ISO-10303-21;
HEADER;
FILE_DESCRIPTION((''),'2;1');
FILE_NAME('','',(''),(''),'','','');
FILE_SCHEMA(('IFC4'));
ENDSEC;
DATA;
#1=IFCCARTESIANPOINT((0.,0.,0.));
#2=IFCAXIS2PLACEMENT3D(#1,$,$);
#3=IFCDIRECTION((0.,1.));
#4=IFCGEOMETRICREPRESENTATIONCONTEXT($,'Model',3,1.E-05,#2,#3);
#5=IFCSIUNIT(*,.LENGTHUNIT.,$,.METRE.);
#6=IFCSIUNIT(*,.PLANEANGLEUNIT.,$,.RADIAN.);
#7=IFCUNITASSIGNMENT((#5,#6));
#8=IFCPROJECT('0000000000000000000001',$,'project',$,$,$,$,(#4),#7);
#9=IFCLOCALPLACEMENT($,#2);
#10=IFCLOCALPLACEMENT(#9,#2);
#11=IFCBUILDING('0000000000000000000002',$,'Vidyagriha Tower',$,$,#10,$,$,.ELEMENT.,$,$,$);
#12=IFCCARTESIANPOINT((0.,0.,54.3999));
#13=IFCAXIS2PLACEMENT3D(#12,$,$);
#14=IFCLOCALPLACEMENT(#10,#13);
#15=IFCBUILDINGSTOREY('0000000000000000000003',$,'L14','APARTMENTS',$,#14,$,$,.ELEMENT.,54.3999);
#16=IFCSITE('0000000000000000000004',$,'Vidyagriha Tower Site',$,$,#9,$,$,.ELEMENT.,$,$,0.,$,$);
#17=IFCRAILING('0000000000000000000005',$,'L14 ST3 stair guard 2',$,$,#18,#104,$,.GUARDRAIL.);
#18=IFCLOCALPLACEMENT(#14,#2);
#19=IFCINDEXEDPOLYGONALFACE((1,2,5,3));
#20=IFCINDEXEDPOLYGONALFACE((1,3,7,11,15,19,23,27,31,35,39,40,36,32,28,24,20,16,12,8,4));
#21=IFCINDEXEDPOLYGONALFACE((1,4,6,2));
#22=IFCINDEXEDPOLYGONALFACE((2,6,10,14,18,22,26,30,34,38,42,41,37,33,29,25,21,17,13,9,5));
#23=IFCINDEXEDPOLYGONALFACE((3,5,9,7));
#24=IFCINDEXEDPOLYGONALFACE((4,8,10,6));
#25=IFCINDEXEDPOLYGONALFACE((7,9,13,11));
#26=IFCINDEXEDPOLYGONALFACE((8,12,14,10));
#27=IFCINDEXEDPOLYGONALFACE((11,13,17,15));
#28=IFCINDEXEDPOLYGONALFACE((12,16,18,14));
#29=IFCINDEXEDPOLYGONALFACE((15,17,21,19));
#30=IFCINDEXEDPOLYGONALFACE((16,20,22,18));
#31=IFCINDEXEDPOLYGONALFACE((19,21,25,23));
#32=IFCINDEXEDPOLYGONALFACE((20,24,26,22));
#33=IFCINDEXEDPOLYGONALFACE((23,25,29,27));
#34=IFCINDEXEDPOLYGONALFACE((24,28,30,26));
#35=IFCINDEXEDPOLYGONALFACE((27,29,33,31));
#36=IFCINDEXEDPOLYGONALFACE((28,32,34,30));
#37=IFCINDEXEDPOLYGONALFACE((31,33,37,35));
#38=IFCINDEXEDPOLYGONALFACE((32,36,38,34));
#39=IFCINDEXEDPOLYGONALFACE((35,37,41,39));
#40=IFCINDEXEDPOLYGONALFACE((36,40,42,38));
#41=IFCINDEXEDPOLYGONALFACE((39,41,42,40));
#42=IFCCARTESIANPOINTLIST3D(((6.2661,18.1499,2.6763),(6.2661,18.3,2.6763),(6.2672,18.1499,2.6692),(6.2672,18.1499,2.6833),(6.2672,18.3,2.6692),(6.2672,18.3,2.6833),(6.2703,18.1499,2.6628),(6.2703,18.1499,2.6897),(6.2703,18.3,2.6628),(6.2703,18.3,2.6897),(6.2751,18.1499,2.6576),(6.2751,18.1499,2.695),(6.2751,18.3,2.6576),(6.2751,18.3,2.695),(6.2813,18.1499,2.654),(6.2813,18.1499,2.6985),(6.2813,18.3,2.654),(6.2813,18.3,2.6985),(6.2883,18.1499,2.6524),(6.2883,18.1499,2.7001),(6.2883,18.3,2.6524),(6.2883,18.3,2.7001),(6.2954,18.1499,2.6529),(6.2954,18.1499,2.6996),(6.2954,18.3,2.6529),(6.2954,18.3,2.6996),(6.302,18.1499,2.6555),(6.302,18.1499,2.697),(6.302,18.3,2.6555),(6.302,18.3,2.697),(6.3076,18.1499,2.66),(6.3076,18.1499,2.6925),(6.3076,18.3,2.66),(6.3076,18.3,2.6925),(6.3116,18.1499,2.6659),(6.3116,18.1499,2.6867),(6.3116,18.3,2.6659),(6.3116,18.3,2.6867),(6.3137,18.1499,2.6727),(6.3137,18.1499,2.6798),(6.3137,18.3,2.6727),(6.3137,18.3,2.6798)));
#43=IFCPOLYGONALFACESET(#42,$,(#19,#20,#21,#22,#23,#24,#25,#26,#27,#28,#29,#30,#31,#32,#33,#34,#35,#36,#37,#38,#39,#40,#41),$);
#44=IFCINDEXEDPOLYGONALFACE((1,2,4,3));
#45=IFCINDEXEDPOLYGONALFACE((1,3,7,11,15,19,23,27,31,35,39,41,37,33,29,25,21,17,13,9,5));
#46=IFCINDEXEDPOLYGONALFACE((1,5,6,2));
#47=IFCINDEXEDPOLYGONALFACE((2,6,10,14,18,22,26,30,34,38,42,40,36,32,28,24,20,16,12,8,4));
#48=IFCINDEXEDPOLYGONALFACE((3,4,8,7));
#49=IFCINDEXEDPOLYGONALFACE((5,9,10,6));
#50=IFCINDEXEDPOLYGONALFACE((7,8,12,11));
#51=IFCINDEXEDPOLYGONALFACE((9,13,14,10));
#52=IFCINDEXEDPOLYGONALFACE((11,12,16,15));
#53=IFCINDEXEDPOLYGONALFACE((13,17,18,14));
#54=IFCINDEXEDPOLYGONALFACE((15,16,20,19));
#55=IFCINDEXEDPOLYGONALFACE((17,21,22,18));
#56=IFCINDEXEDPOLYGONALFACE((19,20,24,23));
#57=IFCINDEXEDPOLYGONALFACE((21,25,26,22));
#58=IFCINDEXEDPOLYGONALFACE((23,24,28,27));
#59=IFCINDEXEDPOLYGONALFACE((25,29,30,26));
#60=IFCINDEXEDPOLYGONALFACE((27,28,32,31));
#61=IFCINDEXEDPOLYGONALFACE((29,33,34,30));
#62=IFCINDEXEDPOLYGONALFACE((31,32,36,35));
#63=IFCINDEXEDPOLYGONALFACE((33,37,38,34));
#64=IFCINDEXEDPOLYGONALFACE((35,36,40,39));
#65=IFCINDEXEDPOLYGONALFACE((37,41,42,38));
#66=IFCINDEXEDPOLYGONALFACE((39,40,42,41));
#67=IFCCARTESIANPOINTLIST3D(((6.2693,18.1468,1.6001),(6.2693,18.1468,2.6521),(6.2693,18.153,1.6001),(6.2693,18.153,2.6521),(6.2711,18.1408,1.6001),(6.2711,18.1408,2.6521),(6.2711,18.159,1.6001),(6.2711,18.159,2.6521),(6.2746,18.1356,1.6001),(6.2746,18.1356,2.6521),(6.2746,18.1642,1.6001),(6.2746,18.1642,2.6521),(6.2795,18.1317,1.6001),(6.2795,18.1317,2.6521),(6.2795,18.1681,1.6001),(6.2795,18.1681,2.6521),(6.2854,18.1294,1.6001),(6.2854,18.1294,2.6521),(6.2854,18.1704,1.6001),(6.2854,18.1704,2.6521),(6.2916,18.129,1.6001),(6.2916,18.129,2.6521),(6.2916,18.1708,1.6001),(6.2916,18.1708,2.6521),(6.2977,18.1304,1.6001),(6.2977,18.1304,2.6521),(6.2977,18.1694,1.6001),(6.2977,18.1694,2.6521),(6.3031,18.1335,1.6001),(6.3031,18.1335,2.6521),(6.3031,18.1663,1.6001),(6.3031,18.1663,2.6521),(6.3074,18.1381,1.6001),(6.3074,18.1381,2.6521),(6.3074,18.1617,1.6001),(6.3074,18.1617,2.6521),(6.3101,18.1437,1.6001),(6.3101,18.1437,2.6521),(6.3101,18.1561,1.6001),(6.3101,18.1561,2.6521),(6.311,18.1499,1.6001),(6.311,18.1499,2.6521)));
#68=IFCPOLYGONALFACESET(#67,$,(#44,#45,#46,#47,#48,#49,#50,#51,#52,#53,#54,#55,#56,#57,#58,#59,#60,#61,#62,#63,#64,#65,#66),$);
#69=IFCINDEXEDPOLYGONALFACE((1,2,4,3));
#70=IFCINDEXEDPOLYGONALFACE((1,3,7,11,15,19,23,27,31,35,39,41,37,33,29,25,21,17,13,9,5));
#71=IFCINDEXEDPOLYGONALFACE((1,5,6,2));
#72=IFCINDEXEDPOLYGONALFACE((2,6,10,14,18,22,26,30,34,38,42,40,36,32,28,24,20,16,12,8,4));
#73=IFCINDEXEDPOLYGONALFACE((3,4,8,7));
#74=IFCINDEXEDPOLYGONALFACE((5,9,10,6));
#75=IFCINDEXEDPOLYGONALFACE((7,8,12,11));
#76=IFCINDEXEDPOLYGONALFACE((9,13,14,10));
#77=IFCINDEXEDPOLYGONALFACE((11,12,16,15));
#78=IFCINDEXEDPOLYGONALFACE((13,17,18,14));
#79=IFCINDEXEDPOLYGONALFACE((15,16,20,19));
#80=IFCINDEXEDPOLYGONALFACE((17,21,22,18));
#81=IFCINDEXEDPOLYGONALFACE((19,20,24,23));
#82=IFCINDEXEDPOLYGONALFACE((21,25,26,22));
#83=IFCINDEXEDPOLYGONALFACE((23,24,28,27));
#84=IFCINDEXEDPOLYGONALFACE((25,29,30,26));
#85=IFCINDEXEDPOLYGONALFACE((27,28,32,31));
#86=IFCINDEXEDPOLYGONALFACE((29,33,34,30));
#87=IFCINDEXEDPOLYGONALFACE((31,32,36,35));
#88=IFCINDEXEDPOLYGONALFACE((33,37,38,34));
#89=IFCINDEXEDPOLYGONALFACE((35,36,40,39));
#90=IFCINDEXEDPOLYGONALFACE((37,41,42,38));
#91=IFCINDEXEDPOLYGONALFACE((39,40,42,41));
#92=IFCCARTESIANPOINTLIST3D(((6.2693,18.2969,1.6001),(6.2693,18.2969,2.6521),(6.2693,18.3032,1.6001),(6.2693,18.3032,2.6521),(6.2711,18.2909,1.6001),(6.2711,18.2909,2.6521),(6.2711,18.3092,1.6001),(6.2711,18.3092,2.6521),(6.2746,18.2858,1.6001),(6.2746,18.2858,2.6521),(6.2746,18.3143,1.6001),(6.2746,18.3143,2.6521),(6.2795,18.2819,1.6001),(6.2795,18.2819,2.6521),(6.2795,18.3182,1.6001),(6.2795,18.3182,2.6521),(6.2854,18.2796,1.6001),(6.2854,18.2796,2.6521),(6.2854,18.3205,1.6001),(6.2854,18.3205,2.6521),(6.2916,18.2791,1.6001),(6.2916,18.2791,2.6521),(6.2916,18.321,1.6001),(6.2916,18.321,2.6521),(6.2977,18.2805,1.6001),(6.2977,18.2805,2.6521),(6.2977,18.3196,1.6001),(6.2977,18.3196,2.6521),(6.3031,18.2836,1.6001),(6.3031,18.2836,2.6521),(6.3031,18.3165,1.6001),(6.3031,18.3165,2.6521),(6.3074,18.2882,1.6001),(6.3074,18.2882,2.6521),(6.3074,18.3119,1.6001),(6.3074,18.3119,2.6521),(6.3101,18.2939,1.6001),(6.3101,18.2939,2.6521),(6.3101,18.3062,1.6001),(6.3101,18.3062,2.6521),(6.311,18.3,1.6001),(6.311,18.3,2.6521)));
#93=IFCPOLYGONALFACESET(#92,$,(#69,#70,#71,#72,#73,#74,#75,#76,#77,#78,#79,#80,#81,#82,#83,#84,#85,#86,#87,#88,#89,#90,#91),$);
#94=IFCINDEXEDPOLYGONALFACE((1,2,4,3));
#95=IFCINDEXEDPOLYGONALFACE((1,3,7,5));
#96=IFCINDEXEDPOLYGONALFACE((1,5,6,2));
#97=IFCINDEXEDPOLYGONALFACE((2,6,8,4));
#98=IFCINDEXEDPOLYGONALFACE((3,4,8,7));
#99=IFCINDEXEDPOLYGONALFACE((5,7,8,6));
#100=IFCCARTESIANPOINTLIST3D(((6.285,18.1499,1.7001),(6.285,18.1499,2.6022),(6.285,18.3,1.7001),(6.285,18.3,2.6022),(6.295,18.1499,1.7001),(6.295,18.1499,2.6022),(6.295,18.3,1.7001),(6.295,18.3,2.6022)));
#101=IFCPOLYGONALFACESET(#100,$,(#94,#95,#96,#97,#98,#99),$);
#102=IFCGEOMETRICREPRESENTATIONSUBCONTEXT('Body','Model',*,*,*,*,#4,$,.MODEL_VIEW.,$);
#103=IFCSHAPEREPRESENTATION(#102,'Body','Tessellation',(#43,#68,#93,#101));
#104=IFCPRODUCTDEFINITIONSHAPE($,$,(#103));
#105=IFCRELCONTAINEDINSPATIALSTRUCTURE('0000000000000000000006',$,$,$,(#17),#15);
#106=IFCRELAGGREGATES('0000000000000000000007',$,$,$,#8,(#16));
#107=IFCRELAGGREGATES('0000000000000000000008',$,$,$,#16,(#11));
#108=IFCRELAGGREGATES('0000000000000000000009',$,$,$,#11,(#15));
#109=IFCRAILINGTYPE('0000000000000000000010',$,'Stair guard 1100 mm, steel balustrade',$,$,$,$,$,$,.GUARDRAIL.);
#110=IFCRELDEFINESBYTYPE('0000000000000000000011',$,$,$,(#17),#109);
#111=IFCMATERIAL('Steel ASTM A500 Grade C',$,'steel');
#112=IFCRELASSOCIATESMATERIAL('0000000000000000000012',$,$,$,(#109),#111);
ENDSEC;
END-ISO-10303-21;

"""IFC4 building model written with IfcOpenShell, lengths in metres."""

from ifc_helpers import new_model, si_unit, direction, frame, origin, origin_2d, place, context, subcontext, project, spatial, rectangle, circle, extrude, material, type_object, element, save


model = new_model("IFC4")

# Units and contexts
model_context = context("Model", 3, precision=1e-05, world=origin(), true_north=direction((0.0, 1.0)))
body_context = subcontext(model_context, "Body", "Model", "MODEL_VIEW")
ifc_project = project(units=[si_unit("LENGTHUNIT", "METRE"), si_unit("PLANEANGLEUNIT", "RADIAN")], contexts=[model_context])

# Site, building, storey
site_placement = place(None, origin())
site = spatial("IfcSite", under=ifc_project, at=site_placement, Name="Vidyagriha Tower Site", CompositionType="ELEMENT", RefElevation=0.0)
building_placement = place(site_placement, origin())
building = spatial("IfcBuilding", under=site, at=building_placement, Name="Vidyagriha Tower", CompositionType="ELEMENT")
storey_placement = place(building_placement, frame((0.0, 0.0, 54.3999)))
storey = spatial("IfcBuildingStorey", under=building, at=storey_placement, Name="L14", Description="APARTMENTS", CompositionType="ELEMENT", Elevation=54.3999)

# Railing
ifc_material_1 = material(Name="Steel ASTM A500 Grade C", Category="steel")
railing_type_1 = type_object("IfcRailingType", Name="Stair guard 1100 mm, steel balustrade", PredefinedType="GUARDRAIL", material=ifc_material_1)
railing_1_placement = place(storey_placement, frame((6.29, 18.1499, 1.6001)))
element("IfcRailing", 1, at=railing_1_placement, inside=storey, type_object=railing_type_1, Name="L14 ST3 stair guard 2", PredefinedType="GUARDRAIL", context=body_context, shape_type="SweptSolid", body=[
    extrude(circle(Radius=0.0239, at=origin_2d()), frame((0.0, 0.0, 1.0762), z_axis=(0.0, 1.0, 0.0), x_axis=(-1.0, 0.0, 0.0)), (0.0, 0.0, 1.0), 0.1501),
    extrude(circle(Radius=0.021, at=origin_2d()), origin(), (0.0, 0.0, 1.0), 1.052),
    extrude(circle(Radius=0.021, at=origin_2d()), frame((0.0, 0.1501, 0.0)), (0.0, 0.0, 1.0), 1.052),
    extrude(rectangle(XDim=0.01, YDim=0.9021, at=origin_2d()), frame((0.0, 0.0, 0.551), z_axis=(0.0, 1.0, 0.0), x_axis=(-1.0, 0.0, 0.0)), (0.0, 0.0, 1.0), 0.1501),
])

save(model, "model.ifc")
